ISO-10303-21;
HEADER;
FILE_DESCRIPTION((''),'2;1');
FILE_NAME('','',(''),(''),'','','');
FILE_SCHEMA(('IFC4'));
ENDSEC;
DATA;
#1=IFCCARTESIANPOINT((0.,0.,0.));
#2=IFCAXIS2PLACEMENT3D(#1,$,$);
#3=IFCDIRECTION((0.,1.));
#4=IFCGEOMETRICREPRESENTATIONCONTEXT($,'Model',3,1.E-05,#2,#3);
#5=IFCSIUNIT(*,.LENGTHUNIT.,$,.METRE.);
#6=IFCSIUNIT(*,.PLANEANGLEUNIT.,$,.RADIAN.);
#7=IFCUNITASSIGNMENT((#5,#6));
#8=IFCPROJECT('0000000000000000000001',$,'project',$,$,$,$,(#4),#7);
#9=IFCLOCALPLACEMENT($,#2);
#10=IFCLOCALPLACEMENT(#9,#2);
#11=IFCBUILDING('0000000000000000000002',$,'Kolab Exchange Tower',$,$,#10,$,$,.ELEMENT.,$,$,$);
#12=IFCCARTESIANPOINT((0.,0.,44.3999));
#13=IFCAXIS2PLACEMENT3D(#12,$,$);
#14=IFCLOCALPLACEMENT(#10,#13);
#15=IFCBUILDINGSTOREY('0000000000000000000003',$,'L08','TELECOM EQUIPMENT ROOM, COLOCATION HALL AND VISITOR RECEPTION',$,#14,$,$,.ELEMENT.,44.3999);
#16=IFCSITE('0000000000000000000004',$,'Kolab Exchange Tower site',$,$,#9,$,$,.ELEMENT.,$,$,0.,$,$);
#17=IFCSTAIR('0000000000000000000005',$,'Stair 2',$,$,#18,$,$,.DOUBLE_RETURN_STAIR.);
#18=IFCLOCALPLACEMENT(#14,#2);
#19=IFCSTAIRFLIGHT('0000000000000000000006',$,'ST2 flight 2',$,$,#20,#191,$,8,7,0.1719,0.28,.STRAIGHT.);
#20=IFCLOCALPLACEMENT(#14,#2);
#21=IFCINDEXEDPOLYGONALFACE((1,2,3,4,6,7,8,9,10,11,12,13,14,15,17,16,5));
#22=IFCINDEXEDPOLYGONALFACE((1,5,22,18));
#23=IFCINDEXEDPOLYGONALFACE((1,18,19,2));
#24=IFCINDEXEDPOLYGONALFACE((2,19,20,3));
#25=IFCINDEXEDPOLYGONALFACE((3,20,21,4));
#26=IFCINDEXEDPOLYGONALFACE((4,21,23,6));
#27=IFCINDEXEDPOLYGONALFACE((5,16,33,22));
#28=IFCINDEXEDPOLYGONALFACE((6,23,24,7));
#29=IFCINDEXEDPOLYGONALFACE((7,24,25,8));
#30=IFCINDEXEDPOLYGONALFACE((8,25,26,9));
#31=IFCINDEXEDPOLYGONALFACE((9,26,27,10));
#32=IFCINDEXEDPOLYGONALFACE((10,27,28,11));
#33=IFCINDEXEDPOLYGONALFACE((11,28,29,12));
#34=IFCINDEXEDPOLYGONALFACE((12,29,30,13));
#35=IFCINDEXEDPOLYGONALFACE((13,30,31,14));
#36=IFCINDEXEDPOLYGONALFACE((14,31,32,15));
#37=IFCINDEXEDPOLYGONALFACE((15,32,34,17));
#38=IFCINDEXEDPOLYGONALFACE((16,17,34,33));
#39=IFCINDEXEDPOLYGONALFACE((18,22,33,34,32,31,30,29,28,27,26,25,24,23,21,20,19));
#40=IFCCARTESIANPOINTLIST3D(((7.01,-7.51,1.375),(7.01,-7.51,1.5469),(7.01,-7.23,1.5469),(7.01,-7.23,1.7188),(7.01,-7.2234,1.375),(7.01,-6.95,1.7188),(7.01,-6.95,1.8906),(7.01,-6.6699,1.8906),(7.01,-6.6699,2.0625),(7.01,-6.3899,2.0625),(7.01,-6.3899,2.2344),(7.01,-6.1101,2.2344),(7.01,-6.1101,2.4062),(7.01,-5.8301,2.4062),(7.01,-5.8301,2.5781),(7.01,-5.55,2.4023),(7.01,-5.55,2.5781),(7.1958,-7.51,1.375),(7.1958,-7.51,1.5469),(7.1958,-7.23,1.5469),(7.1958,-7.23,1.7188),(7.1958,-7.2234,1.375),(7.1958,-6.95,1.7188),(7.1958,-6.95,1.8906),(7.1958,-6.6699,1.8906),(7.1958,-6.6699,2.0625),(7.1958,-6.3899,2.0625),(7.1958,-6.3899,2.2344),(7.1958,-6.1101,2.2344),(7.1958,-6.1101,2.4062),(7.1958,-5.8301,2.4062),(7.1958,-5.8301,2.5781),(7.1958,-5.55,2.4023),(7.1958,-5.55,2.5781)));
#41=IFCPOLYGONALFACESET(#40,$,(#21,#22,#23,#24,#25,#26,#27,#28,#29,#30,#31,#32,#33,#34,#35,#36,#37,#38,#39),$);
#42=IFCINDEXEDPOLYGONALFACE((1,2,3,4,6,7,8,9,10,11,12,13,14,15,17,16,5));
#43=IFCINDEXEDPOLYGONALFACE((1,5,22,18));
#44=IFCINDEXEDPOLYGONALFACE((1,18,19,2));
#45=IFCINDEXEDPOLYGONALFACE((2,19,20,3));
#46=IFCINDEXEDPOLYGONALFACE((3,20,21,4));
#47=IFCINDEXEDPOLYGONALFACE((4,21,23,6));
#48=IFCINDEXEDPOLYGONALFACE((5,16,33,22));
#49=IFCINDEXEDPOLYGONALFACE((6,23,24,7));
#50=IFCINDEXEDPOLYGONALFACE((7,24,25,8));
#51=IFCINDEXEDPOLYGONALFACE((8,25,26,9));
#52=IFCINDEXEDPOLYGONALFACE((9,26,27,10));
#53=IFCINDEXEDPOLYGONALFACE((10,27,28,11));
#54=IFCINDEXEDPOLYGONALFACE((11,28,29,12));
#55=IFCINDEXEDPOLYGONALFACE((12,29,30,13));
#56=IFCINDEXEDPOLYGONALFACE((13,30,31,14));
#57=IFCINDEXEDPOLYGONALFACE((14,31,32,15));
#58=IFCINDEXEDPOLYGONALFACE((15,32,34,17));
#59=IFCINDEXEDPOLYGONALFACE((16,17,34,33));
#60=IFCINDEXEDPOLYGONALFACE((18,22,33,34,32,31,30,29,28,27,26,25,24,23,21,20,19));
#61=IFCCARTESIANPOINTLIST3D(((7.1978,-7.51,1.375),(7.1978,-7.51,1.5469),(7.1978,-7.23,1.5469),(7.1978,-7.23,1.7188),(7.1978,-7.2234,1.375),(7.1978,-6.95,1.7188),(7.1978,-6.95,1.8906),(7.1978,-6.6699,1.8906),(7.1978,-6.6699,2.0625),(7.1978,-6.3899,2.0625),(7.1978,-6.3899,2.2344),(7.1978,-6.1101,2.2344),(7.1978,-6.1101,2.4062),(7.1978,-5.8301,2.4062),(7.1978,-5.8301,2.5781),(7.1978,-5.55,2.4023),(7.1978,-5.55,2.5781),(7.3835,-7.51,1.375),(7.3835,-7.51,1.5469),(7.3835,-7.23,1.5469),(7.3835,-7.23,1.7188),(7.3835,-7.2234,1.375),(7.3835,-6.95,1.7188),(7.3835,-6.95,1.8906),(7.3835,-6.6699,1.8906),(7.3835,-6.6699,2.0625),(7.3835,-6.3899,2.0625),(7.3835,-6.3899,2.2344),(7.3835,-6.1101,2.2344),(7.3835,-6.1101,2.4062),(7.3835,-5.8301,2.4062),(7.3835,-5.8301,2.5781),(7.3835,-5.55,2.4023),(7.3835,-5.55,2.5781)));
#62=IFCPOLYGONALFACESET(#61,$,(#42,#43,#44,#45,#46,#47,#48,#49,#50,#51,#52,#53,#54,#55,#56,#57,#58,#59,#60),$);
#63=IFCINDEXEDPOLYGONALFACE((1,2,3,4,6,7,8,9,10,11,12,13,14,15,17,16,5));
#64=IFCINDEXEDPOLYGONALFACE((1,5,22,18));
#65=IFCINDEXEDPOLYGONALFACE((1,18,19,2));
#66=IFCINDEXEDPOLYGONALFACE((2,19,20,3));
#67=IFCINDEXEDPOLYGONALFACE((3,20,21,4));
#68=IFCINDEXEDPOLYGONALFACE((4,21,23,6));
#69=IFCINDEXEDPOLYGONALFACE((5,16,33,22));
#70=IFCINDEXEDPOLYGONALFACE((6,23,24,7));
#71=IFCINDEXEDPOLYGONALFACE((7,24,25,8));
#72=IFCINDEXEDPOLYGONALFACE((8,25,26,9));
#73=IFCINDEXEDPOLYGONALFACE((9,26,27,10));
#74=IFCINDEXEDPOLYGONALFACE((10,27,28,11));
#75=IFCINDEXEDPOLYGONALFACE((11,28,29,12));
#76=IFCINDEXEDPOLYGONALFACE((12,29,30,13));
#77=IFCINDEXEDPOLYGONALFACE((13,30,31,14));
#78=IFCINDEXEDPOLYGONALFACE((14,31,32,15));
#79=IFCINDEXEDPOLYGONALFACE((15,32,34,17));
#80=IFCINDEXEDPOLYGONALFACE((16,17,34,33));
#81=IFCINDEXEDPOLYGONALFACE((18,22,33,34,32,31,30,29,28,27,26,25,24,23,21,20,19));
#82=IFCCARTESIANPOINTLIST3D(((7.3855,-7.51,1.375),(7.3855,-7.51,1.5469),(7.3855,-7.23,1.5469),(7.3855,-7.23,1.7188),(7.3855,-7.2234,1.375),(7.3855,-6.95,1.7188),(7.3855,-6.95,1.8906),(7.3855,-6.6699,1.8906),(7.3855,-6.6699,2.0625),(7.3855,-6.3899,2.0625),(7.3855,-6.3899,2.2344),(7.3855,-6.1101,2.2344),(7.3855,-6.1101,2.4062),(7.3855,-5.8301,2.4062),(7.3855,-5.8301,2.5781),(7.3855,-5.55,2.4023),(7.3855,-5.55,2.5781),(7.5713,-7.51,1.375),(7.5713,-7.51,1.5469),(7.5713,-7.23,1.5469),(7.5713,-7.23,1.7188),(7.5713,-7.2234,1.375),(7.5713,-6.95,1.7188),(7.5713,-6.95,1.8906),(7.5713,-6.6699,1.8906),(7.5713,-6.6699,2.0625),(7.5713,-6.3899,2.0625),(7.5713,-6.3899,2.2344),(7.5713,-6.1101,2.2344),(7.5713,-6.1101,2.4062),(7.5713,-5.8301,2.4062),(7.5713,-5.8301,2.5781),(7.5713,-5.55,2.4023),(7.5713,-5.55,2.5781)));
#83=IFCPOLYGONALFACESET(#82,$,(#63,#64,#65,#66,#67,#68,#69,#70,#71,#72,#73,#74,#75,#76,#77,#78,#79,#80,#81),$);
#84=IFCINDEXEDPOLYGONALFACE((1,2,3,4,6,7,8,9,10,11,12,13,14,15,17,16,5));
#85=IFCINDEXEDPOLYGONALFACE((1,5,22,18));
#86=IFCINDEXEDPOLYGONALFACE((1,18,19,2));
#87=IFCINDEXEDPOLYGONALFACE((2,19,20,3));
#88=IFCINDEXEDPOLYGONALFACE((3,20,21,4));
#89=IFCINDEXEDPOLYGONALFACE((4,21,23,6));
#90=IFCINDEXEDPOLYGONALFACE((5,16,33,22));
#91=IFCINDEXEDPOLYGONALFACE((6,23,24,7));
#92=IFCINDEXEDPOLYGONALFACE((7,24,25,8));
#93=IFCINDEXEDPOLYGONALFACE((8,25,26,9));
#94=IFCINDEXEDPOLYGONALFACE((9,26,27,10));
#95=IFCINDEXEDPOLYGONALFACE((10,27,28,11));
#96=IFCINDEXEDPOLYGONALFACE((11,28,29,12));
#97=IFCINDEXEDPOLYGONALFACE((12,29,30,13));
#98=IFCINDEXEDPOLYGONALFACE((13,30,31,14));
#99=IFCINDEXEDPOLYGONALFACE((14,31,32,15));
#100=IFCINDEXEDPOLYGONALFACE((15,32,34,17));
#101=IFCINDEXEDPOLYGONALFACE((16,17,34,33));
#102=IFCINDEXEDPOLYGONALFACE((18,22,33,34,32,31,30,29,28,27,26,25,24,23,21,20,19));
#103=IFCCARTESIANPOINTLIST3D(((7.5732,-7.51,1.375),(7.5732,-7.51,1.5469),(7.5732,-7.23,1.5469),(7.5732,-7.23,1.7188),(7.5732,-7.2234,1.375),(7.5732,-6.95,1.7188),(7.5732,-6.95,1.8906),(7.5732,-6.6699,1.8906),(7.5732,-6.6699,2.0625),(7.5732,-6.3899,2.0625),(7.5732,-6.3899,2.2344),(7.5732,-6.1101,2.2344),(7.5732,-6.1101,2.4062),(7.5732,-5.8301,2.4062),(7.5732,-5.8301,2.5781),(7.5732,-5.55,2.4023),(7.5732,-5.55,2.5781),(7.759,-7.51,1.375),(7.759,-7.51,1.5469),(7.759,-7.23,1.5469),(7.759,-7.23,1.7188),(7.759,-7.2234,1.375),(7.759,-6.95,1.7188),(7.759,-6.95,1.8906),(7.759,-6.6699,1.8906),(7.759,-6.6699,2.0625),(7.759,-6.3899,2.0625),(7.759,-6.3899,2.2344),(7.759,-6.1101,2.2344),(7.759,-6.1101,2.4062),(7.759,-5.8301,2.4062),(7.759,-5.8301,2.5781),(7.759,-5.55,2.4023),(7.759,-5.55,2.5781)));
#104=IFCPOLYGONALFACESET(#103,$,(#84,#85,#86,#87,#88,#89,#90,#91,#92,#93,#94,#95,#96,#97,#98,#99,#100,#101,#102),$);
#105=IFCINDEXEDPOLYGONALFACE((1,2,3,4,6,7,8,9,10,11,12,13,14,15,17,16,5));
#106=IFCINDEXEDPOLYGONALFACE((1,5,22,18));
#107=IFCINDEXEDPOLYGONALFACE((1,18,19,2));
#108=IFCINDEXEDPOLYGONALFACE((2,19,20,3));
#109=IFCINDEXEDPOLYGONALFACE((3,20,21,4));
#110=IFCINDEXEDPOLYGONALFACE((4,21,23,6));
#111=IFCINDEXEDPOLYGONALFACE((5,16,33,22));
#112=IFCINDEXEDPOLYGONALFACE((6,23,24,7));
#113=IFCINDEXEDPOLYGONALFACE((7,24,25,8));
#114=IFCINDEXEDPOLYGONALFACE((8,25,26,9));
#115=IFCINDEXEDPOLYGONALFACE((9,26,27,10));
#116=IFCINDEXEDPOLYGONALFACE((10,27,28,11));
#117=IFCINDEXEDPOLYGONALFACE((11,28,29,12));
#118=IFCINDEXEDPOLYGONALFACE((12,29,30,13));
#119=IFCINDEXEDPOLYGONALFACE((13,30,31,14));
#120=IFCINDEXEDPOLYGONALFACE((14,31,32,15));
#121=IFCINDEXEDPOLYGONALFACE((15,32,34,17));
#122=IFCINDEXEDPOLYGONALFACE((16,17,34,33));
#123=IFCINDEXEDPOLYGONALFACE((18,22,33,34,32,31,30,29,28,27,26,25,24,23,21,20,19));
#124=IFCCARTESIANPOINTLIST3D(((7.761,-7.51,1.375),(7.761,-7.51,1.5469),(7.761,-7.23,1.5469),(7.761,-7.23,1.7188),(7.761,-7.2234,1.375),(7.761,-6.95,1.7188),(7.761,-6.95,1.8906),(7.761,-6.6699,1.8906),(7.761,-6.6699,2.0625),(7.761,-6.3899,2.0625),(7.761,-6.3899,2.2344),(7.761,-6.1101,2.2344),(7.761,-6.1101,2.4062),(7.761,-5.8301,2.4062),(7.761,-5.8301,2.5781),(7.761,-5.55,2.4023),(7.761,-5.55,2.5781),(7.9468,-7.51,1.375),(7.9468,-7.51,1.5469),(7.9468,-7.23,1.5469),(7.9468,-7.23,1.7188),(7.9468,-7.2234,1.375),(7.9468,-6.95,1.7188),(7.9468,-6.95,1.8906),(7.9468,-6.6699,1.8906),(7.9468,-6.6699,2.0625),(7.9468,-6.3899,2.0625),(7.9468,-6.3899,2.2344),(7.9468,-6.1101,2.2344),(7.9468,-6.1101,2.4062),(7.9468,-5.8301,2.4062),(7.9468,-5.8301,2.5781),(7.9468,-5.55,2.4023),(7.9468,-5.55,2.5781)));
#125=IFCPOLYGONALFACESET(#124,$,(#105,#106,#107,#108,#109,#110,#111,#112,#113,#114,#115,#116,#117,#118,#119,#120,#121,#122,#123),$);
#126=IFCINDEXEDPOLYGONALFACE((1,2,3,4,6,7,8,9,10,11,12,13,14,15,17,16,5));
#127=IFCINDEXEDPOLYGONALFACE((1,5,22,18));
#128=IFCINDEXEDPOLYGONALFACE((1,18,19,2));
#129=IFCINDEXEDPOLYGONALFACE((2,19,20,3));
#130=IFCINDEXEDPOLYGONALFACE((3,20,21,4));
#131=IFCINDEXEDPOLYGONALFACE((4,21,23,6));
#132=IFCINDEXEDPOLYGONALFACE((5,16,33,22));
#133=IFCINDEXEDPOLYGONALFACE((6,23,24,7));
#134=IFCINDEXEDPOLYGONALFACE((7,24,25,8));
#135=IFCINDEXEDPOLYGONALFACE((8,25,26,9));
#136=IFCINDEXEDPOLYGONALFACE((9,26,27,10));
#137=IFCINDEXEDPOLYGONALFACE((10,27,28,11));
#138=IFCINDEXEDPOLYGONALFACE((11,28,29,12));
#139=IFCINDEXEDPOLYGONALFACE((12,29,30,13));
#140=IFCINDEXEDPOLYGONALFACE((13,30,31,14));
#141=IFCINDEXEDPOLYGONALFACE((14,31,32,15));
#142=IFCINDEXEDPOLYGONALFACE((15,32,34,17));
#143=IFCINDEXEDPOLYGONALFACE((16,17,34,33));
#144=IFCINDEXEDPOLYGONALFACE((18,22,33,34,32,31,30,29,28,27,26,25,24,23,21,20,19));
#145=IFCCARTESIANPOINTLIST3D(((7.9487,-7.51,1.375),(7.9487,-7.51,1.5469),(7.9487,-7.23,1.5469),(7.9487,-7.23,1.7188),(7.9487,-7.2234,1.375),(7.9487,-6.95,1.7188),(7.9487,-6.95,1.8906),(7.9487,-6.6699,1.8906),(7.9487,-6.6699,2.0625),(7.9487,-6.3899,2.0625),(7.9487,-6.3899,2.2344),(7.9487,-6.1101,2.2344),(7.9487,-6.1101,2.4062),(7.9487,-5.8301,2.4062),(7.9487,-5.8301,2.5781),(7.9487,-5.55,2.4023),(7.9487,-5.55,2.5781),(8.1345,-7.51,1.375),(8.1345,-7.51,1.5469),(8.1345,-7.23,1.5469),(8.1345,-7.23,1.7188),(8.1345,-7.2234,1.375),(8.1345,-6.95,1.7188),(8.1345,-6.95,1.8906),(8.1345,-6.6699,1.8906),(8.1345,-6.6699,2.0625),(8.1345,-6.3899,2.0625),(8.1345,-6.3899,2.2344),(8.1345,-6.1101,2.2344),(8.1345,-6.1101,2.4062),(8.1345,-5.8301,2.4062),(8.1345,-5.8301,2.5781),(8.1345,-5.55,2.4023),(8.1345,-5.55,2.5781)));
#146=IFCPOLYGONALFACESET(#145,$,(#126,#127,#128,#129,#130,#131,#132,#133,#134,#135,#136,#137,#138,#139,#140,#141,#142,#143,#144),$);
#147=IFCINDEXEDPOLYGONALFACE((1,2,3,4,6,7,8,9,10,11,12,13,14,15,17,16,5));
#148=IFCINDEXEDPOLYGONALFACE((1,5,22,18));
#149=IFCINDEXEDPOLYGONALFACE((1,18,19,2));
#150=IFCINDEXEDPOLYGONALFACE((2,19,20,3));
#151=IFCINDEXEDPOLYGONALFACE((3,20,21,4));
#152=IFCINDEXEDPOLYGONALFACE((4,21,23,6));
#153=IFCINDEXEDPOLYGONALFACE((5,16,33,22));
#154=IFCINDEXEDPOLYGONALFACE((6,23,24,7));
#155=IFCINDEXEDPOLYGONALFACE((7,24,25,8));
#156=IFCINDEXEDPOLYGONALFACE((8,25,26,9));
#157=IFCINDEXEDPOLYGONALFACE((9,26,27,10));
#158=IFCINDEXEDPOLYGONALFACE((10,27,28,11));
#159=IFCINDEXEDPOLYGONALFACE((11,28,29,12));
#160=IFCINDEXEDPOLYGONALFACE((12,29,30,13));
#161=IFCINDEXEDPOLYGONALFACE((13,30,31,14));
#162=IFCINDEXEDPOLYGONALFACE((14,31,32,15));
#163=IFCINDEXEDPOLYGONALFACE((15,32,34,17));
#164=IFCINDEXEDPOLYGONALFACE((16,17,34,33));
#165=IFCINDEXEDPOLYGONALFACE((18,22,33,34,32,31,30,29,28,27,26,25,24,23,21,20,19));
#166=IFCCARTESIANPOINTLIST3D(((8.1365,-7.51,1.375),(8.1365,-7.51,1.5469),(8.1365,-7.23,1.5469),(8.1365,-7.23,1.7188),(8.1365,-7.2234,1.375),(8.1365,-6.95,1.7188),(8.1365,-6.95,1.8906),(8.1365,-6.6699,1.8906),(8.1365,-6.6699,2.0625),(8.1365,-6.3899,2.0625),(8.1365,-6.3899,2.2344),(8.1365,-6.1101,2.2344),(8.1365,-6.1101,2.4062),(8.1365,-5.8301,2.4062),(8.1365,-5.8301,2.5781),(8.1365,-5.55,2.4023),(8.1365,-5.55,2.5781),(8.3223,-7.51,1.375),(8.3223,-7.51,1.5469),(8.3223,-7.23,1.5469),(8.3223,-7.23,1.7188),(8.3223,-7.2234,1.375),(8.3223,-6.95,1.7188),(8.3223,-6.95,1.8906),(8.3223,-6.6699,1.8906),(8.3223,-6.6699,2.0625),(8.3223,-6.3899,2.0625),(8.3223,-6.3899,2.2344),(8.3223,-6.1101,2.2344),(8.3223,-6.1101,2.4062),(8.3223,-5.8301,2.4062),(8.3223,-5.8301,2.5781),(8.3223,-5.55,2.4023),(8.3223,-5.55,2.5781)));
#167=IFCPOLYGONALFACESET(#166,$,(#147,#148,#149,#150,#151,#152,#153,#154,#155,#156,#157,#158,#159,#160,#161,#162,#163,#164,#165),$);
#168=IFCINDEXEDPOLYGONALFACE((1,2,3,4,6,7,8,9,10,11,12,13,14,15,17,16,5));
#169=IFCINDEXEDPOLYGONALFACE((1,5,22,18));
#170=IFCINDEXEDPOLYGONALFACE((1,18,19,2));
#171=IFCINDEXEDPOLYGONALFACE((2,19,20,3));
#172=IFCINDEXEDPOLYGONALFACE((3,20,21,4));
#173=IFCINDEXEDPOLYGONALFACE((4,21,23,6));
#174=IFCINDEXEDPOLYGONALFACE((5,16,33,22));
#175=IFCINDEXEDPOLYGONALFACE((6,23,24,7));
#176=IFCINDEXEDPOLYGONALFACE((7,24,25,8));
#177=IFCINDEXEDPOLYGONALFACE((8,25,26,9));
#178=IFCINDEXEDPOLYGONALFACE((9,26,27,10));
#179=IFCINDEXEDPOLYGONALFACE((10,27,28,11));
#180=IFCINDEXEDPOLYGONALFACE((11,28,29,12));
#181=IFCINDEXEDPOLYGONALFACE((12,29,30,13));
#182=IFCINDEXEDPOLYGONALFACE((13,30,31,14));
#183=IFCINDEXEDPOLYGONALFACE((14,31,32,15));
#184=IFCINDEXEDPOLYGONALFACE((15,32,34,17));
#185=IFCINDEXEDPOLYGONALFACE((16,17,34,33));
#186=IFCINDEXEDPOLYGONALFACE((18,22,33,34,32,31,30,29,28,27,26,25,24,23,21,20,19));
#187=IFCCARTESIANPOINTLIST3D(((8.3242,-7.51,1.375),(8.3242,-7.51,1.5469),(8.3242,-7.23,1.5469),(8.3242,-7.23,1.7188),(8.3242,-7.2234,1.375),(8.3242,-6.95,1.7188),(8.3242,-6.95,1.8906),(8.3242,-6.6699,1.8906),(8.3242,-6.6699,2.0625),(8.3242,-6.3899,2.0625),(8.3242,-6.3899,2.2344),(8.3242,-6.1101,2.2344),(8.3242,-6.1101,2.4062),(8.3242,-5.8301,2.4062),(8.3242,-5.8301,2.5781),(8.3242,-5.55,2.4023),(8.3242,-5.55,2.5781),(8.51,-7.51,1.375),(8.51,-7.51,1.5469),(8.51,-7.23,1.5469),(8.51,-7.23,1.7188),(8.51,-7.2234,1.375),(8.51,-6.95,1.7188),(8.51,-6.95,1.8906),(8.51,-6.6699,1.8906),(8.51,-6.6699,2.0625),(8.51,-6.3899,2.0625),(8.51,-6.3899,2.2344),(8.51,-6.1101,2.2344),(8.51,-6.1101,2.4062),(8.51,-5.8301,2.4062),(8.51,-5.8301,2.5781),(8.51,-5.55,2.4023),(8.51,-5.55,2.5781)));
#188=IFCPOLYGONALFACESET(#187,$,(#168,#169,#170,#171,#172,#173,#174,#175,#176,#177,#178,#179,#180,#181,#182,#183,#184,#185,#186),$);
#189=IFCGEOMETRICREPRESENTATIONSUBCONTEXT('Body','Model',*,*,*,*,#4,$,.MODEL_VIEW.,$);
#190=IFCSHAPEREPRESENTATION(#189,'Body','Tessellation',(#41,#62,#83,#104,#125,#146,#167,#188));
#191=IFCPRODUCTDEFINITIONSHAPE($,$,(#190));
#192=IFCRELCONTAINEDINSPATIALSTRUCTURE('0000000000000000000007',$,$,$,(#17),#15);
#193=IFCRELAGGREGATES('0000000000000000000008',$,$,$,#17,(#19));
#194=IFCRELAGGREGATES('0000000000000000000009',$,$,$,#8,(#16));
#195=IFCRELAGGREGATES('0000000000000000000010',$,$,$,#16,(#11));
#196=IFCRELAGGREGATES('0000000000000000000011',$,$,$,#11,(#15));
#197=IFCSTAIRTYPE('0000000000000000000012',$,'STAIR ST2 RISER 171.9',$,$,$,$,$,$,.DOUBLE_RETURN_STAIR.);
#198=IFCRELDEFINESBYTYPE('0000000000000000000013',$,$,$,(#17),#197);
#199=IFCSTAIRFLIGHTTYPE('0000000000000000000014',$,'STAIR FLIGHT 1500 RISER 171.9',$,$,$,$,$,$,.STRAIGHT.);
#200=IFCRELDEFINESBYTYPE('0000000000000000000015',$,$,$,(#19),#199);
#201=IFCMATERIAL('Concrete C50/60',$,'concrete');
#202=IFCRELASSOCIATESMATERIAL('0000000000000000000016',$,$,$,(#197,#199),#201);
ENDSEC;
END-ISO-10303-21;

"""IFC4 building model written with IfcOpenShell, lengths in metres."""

from ifc_helpers import new_model, si_unit, direction, frame, origin, place, context, subcontext, project, spatial, polyline, outline, extrude, material, type_object, element, aggregate, save


model = new_model("IFC4")

# Units and contexts
model_context = context("Model", 3, precision=1e-05, world=origin(), true_north=direction((0.0, 1.0)))
body_context = subcontext(model_context, "Body", "Model", "MODEL_VIEW")
ifc_project = project(units=[si_unit("LENGTHUNIT", "METRE"), si_unit("PLANEANGLEUNIT", "RADIAN")], contexts=[model_context])

# Site, building, storey
site_placement = place(None, origin())
site = spatial("IfcSite", under=ifc_project, at=site_placement, Name="Kolab Exchange Tower site", CompositionType="ELEMENT", RefElevation=0.0)
building_placement = place(site_placement, origin())
building = spatial("IfcBuilding", under=site, at=building_placement, Name="Kolab Exchange Tower", CompositionType="ELEMENT")
storey_placement = place(building_placement, frame((0.0, 0.0, 44.3999)))
storey = spatial("IfcBuildingStorey", under=building, at=storey_placement, Name="L08", Description="TELECOM EQUIPMENT ROOM, COLOCATION HALL AND VISITOR RECEPTION", CompositionType="ELEMENT", Elevation=44.3999)

# Shared definitions
ifc_material_1 = material(Name="Concrete C50/60", Category="concrete")

# Stair, stair flight
stair_type = type_object("IfcStairType", Name="STAIR ST2 RISER 171.9", PredefinedType="DOUBLE_RETURN_STAIR", material=ifc_material_1)
stair_placement = place(storey_placement, origin())
stair = element("IfcStair", 1, at=stair_placement, inside=storey, type_object=stair_type, Name="Stair 2", PredefinedType="DOUBLE_RETURN_STAIR")
stair_flight_type = type_object("IfcStairFlightType", Name="STAIR FLIGHT 1500 RISER 171.9", PredefinedType="STRAIGHT", material=ifc_material_1)
stair_flight_1_placement = place(storey_placement, frame((7.76, -7.51, 1.375), z_axis=(0.0, 0.0, 1.0), x_axis=(0.0, 1.0, 0.0)))
stair_flight_1 = element("IfcStairFlight", 2, at=stair_flight_1_placement, type_object=stair_flight_type, Name="ST2 flight 2", NumberOfRisers=8, NumberOfTreads=7, PredefinedType="STRAIGHT", RiserHeight=0.1719, TreadLength=0.28, context=body_context, shape_type="SweptSolid", body=[
    extrude(outline(polyline([(0.0, 0.0), (0.0, 0.1719), (0.28, 0.1719), (0.28, 0.3438), (0.5601, 0.3438), (0.5601, 0.5156), (0.8401, 0.5156), (0.8401, 0.6875), (1.1201, 0.6875), (1.1201, 0.8594), (1.3999, 0.8594), (1.3999, 1.0312), (1.6799, 1.0312), (1.6799, 1.2031), (1.96, 1.2031), (1.96, 1.375), (1.96, 1.0273), (0.2866, 0.0), (0.0, 0.0)])), frame((0.0, 0.75, 0.0), z_axis=(0.0, -1.0, 0.0), x_axis=(1.0, 0.0, 0.0)), (0.0, 0.0, 1.0), 0.1858),
    extrude(outline(polyline([(0.0, 0.0), (0.0, 0.1719), (0.28, 0.1719), (0.28, 0.3438), (0.5601, 0.3438), (0.5601, 0.5156), (0.8401, 0.5156), (0.8401, 0.6875), (1.1201, 0.6875), (1.1201, 0.8594), (1.3999, 0.8594), (1.3999, 1.0312), (1.6799, 1.0312), (1.6799, 1.2031), (1.96, 1.2031), (1.96, 1.375), (1.96, 1.0273), (0.2866, 0.0), (0.0, 0.0)])), frame((0.0, 0.5623, 0.0), z_axis=(0.0, -1.0, 0.0), x_axis=(1.0, 0.0, 0.0)), (0.0, 0.0, 1.0), 0.1858),
    extrude(outline(polyline([(0.0, 0.0), (0.0, 0.1719), (0.28, 0.1719), (0.28, 0.3438), (0.5601, 0.3438), (0.5601, 0.5156), (0.8401, 0.5156), (0.8401, 0.6875), (1.1201, 0.6875), (1.1201, 0.8594), (1.3999, 0.8594), (1.3999, 1.0312), (1.6799, 1.0312), (1.6799, 1.2031), (1.96, 1.2031), (1.96, 1.375), (1.96, 1.0273), (0.2866, 0.0), (0.0, 0.0)])), frame((0.0, 0.3745, 0.0), z_axis=(0.0, -1.0, 0.0), x_axis=(1.0, 0.0, 0.0)), (0.0, 0.0, 1.0), 0.1858),
    extrude(outline(polyline([(0.0, 0.0), (0.0, 0.1719), (0.28, 0.1719), (0.28, 0.3438), (0.5601, 0.3438), (0.5601, 0.5156), (0.8401, 0.5156), (0.8401, 0.6875), (1.1201, 0.6875), (1.1201, 0.8594), (1.3999, 0.8594), (1.3999, 1.0312), (1.6799, 1.0312), (1.6799, 1.2031), (1.96, 1.2031), (1.96, 1.375), (1.96, 1.0273), (0.2866, 0.0), (0.0, 0.0)])), frame((0.0, 0.1868, 0.0), z_axis=(0.0, -1.0, 0.0), x_axis=(1.0, 0.0, 0.0)), (0.0, 0.0, 1.0), 0.1858),
    extrude(outline(polyline([(0.0, 0.0), (0.0, 0.1719), (0.28, 0.1719), (0.28, 0.3438), (0.5601, 0.3438), (0.5601, 0.5156), (0.8401, 0.5156), (0.8401, 0.6875), (1.1201, 0.6875), (1.1201, 0.8594), (1.3999, 0.8594), (1.3999, 1.0312), (1.6799, 1.0312), (1.6799, 1.2031), (1.96, 1.2031), (1.96, 1.375), (1.96, 1.0273), (0.2866, 0.0), (0.0, 0.0)])), frame((0.0, -0.001, 0.0), z_axis=(0.0, -1.0, 0.0), x_axis=(1.0, 0.0, 0.0)), (0.0, 0.0, 1.0), 0.1858),
    extrude(outline(polyline([(0.0, 0.0), (0.0, 0.1719), (0.28, 0.1719), (0.28, 0.3438), (0.5601, 0.3438), (0.5601, 0.5156), (0.8401, 0.5156), (0.8401, 0.6875), (1.1201, 0.6875), (1.1201, 0.8594), (1.3999, 0.8594), (1.3999, 1.0312), (1.6799, 1.0312), (1.6799, 1.2031), (1.96, 1.2031), (1.96, 1.375), (1.96, 1.0273), (0.2866, 0.0), (0.0, 0.0)])), frame((0.0, -0.1887, 0.0), z_axis=(0.0, -1.0, 0.0), x_axis=(1.0, 0.0, 0.0)), (0.0, 0.0, 1.0), 0.1858),
    extrude(outline(polyline([(0.0, 0.0), (0.0, 0.1719), (0.28, 0.1719), (0.28, 0.3438), (0.5601, 0.3438), (0.5601, 0.5156), (0.8401, 0.5156), (0.8401, 0.6875), (1.1201, 0.6875), (1.1201, 0.8594), (1.3999, 0.8594), (1.3999, 1.0312), (1.6799, 1.0312), (1.6799, 1.2031), (1.96, 1.2031), (1.96, 1.375), (1.96, 1.0273), (0.2866, 0.0), (0.0, 0.0)])), frame((0.0, -0.3765, 0.0), z_axis=(0.0, -1.0, 0.0), x_axis=(1.0, 0.0, 0.0)), (0.0, 0.0, 1.0), 0.1858),
    extrude(outline(polyline([(0.0, 0.0), (0.0, 0.1719), (0.28, 0.1719), (0.28, 0.3438), (0.5601, 0.3438), (0.5601, 0.5156), (0.8401, 0.5156), (0.8401, 0.6875), (1.1201, 0.6875), (1.1201, 0.8594), (1.3999, 0.8594), (1.3999, 1.0312), (1.6799, 1.0312), (1.6799, 1.2031), (1.96, 1.2031), (1.96, 1.375), (1.96, 1.0273), (0.2866, 0.0), (0.0, 0.0)])), frame((0.0, -0.5642, 0.0), z_axis=(0.0, -1.0, 0.0), x_axis=(1.0, 0.0, 0.0)), (0.0, 0.0, 1.0), 0.1858),
])
aggregate(stair, [stair_flight_1])

save(model, "model.ifc")
